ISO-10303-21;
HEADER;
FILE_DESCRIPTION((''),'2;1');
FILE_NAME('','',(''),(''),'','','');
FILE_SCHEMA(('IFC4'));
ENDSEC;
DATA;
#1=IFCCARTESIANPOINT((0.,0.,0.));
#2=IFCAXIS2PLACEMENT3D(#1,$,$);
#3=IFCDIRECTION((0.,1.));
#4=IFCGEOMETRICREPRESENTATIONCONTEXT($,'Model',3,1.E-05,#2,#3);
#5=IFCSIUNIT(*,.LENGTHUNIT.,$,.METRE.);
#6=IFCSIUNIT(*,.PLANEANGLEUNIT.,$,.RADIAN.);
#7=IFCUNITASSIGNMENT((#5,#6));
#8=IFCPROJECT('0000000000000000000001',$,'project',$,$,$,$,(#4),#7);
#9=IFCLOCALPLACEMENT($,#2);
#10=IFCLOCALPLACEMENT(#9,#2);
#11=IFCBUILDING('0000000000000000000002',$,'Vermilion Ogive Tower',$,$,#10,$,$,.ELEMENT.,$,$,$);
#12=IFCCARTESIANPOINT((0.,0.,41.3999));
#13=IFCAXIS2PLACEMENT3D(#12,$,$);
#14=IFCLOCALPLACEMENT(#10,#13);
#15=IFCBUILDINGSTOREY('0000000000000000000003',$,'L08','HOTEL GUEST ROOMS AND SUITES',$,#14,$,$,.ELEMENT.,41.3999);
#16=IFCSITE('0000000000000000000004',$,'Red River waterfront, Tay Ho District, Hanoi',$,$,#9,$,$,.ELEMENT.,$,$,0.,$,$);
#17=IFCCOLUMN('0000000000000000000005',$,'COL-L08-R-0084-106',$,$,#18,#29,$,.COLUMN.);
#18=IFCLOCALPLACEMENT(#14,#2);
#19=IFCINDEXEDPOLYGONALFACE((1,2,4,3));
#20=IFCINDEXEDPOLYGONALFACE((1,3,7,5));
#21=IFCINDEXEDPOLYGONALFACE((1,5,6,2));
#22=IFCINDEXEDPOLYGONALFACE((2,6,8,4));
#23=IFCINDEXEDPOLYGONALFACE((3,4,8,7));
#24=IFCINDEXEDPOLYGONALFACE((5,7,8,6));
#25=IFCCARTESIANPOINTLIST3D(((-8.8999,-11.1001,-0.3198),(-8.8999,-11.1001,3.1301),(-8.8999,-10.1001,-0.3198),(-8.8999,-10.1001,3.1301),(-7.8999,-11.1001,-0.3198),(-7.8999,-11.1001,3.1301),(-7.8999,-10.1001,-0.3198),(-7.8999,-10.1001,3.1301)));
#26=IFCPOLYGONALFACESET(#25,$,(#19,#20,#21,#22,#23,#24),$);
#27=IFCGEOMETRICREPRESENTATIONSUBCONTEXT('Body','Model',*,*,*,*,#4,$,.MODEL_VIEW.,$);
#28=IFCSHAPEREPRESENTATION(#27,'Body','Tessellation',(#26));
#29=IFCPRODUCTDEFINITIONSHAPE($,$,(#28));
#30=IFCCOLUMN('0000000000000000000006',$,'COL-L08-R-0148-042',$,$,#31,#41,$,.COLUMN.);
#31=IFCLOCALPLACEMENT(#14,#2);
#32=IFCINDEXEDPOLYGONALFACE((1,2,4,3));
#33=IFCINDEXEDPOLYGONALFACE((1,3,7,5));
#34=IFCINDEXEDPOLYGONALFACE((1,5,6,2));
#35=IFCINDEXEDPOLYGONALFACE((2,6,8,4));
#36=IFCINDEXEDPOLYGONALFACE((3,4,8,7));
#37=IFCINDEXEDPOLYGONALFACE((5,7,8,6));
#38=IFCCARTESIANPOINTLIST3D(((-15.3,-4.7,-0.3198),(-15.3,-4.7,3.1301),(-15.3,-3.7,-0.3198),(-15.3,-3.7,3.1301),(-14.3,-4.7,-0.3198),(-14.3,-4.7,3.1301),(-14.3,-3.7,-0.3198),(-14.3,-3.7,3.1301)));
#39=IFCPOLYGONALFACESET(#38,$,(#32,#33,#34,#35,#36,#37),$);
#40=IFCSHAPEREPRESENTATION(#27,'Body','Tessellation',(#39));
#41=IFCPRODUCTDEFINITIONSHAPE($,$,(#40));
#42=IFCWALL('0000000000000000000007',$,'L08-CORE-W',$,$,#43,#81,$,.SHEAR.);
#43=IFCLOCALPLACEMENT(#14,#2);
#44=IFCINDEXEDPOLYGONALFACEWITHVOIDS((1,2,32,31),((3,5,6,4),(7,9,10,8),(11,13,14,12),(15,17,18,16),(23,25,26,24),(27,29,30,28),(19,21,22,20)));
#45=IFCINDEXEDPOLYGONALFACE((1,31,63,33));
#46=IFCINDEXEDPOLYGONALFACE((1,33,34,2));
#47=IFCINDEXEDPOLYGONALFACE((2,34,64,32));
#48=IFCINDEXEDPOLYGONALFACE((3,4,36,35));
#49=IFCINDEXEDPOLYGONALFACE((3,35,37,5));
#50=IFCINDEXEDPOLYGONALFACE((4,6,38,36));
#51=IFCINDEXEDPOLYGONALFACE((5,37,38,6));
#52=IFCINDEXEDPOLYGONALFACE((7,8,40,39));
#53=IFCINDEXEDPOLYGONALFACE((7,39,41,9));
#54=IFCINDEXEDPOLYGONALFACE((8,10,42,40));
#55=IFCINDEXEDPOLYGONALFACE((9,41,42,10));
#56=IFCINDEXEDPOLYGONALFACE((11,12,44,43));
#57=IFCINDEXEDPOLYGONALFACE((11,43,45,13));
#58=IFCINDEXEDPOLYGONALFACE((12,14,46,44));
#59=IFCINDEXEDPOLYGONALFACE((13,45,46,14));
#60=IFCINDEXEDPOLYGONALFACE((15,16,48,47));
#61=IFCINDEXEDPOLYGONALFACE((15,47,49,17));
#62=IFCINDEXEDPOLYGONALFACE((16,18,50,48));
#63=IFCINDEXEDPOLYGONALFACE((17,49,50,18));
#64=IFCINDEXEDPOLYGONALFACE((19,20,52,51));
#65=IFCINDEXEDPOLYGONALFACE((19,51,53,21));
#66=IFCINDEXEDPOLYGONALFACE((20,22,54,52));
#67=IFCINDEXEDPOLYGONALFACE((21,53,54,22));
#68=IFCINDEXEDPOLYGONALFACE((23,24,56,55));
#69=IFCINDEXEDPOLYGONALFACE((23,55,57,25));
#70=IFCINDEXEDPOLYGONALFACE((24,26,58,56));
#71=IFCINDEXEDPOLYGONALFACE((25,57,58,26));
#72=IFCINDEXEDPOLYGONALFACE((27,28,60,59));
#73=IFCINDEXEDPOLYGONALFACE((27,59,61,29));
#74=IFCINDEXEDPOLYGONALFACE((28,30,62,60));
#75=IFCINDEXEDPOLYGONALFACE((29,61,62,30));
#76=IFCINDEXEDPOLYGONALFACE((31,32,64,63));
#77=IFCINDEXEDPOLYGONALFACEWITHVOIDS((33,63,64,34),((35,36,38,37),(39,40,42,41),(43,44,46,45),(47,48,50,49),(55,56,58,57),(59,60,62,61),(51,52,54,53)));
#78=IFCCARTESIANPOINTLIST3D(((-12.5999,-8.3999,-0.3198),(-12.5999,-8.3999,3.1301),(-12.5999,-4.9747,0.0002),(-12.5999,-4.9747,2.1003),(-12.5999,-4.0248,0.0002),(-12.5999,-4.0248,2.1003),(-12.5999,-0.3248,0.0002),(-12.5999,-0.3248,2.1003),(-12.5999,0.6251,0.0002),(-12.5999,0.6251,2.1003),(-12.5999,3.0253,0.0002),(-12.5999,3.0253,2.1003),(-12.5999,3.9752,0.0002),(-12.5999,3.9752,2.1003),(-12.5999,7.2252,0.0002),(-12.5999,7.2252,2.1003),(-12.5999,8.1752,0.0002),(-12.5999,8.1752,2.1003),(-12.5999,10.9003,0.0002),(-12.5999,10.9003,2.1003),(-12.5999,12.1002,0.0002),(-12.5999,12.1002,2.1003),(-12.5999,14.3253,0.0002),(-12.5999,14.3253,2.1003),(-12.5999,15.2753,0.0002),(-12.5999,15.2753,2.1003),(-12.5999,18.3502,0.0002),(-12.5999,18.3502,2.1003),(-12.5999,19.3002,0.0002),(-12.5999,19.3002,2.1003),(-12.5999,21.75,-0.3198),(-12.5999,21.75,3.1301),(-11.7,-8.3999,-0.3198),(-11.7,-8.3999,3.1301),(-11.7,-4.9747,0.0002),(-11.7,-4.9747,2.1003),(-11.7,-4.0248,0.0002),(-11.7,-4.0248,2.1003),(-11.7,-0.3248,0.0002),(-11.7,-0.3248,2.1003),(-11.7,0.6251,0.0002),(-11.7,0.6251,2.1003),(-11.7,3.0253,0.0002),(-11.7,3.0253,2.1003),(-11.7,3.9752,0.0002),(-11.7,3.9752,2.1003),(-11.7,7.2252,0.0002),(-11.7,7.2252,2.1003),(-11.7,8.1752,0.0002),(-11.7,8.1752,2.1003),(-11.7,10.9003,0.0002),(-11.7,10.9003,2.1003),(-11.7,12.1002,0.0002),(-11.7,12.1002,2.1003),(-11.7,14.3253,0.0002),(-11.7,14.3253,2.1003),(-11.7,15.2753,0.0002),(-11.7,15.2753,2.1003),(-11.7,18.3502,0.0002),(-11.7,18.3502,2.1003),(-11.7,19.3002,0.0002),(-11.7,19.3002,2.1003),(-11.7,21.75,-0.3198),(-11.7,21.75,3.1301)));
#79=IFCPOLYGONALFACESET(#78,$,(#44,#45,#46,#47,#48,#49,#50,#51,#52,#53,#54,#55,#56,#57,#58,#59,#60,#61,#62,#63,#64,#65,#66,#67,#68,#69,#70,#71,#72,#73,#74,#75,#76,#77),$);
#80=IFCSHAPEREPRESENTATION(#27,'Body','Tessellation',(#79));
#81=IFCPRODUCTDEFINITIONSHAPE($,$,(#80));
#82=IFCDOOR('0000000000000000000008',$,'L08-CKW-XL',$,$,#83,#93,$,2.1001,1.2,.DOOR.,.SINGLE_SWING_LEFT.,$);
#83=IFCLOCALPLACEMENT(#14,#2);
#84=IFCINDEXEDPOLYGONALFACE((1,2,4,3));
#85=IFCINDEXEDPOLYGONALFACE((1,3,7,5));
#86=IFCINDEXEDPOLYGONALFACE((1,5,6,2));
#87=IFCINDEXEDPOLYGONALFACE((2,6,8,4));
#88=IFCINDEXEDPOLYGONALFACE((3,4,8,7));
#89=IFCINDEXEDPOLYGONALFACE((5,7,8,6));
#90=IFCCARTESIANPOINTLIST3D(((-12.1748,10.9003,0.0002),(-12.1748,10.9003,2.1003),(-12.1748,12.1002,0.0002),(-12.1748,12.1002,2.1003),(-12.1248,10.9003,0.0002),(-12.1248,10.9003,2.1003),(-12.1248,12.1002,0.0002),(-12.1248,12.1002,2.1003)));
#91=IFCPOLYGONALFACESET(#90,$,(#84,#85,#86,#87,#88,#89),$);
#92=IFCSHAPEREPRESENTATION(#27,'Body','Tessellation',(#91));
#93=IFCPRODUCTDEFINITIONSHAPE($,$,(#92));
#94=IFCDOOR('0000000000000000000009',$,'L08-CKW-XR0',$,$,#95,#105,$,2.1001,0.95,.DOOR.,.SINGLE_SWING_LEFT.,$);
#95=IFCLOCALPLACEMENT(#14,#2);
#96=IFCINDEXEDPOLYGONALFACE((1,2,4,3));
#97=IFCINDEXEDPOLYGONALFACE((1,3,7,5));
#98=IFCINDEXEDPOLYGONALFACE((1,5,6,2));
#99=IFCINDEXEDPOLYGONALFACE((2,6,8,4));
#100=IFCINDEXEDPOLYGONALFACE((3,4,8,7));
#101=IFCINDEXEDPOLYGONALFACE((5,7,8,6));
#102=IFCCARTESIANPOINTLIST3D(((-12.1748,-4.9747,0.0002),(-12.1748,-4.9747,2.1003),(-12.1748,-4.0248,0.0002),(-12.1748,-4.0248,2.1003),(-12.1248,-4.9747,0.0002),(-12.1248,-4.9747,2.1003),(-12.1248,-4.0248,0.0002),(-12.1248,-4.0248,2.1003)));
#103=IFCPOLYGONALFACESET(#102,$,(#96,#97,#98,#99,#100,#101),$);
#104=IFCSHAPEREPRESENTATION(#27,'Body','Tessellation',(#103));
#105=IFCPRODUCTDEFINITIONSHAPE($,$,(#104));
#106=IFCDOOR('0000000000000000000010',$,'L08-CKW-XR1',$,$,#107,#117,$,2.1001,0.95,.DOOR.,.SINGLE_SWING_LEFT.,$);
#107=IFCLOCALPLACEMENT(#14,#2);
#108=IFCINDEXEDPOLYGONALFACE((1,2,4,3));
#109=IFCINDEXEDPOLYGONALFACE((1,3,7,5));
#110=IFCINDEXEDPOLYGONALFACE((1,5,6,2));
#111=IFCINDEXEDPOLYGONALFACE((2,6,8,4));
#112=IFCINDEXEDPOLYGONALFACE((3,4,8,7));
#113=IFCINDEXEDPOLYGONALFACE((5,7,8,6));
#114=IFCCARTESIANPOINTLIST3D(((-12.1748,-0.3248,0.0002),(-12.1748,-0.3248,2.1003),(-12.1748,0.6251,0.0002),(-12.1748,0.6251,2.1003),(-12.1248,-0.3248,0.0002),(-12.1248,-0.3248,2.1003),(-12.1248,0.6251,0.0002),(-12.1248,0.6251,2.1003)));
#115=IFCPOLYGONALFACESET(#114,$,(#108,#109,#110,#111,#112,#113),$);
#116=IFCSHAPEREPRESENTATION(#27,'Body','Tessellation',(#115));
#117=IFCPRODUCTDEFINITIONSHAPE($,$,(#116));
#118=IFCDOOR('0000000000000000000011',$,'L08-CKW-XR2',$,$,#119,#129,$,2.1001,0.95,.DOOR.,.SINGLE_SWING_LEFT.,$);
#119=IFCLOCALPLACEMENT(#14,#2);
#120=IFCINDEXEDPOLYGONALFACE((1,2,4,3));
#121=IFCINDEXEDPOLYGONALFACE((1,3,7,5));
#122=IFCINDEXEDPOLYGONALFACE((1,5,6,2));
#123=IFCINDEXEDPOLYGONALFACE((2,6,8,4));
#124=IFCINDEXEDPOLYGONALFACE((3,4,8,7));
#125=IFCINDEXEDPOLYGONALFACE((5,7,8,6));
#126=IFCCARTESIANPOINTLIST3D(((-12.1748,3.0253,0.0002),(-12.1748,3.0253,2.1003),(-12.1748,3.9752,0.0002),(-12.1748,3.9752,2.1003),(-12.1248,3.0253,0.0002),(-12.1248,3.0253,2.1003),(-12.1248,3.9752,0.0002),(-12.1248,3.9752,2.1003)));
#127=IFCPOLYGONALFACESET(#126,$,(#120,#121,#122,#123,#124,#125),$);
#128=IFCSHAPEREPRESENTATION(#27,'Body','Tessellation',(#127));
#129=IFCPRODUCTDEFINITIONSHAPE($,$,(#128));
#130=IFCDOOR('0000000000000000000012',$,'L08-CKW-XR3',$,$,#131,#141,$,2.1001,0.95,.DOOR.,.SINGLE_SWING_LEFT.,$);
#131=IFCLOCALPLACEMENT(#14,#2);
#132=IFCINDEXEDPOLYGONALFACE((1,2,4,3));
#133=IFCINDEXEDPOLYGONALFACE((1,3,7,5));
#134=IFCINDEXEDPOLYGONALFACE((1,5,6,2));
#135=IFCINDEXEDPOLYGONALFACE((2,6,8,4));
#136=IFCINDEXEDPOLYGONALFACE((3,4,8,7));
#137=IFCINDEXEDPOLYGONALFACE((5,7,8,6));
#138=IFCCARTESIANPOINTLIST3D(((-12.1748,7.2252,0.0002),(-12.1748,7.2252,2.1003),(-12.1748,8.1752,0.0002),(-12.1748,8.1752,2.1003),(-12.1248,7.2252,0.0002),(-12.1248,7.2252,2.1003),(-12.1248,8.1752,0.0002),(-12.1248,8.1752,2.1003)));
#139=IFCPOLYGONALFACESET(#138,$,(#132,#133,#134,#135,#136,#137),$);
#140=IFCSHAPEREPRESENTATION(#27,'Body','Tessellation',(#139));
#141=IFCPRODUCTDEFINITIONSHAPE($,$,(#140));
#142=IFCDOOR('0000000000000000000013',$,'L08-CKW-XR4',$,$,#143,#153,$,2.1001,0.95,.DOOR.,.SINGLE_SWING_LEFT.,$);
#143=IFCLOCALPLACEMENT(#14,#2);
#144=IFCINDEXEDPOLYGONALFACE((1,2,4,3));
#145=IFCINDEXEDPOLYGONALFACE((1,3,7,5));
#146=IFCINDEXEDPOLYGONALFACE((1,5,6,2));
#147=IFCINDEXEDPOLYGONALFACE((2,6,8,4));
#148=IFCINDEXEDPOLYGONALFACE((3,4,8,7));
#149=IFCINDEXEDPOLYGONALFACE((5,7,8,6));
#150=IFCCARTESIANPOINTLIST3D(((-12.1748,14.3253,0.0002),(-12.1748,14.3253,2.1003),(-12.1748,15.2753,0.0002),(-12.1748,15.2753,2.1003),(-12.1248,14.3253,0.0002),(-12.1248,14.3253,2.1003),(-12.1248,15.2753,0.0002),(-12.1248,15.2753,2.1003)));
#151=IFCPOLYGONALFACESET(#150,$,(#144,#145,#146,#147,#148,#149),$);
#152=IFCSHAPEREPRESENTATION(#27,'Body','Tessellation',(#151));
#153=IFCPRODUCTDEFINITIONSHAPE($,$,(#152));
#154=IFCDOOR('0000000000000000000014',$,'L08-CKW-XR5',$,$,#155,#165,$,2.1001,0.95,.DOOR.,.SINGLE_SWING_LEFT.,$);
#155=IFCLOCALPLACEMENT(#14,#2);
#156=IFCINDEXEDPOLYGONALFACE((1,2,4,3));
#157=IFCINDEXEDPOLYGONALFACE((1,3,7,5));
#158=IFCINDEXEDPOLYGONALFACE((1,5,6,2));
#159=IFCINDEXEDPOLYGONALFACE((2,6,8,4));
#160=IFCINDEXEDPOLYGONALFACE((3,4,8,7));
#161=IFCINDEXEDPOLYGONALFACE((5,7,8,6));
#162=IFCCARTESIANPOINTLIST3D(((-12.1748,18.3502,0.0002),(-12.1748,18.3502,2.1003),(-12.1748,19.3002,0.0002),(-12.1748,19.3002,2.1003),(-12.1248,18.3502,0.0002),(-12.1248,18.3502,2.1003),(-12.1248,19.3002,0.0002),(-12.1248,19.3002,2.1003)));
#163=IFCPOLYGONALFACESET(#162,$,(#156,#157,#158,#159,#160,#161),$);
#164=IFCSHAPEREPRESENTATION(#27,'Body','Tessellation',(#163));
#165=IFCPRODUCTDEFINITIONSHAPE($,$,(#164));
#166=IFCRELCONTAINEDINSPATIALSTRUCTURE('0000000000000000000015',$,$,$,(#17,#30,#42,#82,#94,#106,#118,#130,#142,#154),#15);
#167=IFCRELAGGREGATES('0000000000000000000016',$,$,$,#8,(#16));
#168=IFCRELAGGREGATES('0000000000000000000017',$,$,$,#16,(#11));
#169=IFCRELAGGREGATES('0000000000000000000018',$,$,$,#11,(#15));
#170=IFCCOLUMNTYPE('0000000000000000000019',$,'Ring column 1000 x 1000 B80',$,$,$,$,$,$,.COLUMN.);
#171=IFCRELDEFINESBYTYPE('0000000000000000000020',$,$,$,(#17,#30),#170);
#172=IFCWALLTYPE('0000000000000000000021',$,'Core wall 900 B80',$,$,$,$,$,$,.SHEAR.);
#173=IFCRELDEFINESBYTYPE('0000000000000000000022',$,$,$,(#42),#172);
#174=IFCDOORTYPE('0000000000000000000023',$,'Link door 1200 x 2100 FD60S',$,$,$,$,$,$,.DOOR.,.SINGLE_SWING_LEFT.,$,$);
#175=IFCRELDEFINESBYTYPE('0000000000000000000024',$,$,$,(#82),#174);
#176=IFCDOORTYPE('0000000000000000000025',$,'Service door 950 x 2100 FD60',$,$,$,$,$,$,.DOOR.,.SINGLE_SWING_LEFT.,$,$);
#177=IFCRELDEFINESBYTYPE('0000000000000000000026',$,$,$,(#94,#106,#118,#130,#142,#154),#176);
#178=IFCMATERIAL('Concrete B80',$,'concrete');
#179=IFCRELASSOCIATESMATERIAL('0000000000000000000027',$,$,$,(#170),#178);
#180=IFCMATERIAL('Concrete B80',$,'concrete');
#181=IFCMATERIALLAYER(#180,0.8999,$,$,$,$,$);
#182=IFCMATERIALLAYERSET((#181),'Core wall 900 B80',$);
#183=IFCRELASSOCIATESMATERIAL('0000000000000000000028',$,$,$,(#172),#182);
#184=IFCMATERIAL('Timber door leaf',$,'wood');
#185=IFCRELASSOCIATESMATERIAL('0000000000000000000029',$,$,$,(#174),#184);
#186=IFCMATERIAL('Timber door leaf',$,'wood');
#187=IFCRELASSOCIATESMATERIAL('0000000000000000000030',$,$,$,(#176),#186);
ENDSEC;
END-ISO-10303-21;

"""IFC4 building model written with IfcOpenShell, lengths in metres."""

from ifc_helpers import new_model, si_unit, direction, frame, frame_2d, origin, origin_2d, place, context, subcontext, project, spatial, rectangle, extrude, material, layer, layer_set, material_profile, profile_set, type_object, element, fill, save


model = new_model("IFC4")

# Units and contexts
model_context = context("Model", 3, precision=1e-05, world=origin(), true_north=direction((0.0, 1.0)))
body_context = subcontext(model_context, "Body", "Model", "MODEL_VIEW")
ifc_project = project(units=[si_unit("LENGTHUNIT", "METRE"), si_unit("PLANEANGLEUNIT", "RADIAN")], contexts=[model_context])

# Site, building, storey
site_placement = place(None, origin())
site = spatial("IfcSite", under=ifc_project, at=site_placement, Name="Red River waterfront, Tay Ho District, Hanoi", CompositionType="ELEMENT", RefElevation=0.0)
building_placement = place(site_placement, origin())
building = spatial("IfcBuilding", under=site, at=building_placement, Name="Vermilion Ogive Tower", CompositionType="ELEMENT")
storey_placement = place(building_placement, frame((0.0, 0.0, 41.3999)))
storey = spatial("IfcBuildingStorey", under=building, at=storey_placement, Name="L08", Description="HOTEL GUEST ROOMS AND SUITES", CompositionType="ELEMENT", Elevation=41.3999)

# Columns
ifc_material_1 = material(Name="Concrete B80", Category="concrete")
ifc_material_profile = material_profile(ifc_material_1, rectangle(XDim=1.0, YDim=1.0, at=origin_2d()), Name="1000 x 1000")
ifc_profile_set = profile_set([ifc_material_profile], Name="Concrete B80")
column_type = type_object("IfcColumnType", Name="Ring column 1000 x 1000 B80", PredefinedType="COLUMN", material=ifc_profile_set)
for number, where, z_axis, x_axis, name in (
    (1, (-8.3999, -10.6001, -0.3198), (0.0, 0.0, 1.0), (1.0, 0.0, 0.0), "COL-L08-R-0084-106"),
    (2, (-14.8, -4.2, -0.3198), (0.0, 0.0, 1.0), (1.0, 0.0, 0.0), "COL-L08-R-0148-042"),
):
    element("IfcColumn", number, at=place(storey_placement, frame(where, z_axis=z_axis, x_axis=x_axis)), inside=storey, type_object=column_type, Name=name, PredefinedType="COLUMN", context=body_context, shape_type="SweptSolid", body=[
        extrude(rectangle(XDim=1.0, YDim=1.0, at=origin_2d()), origin(), (0.0, 0.0, 1.0), 3.45),
    ])

# Wall, openings, doors
ifc_material_2 = material(Name="Concrete B80", Category="concrete")
ifc_layer_1 = layer(ifc_material_2, 0.8999)
ifc_layer_set_1 = layer_set([ifc_layer_1], Name="Core wall 900 B80")
wall_type_1 = type_object("IfcWallType", Name="Core wall 900 B80", PredefinedType="SHEAR", material=ifc_layer_set_1)
wall_1_placement = place(storey_placement, frame((-12.1499, -8.3999, -0.3198), z_axis=(0.0, 0.0, 1.0), x_axis=(0.0, 1.0, 0.0)))
wall_1 = element("IfcWall", 3, at=wall_1_placement, inside=storey, type_object=wall_type_1, Name="L08-CORE-W", PredefinedType="SHEAR", context=body_context, shape_type="SweptSolid", body=[
    extrude(rectangle(XDim=30.1499, YDim=0.8999, at=frame_2d((15.075, 0.0))), origin(), (0.0, 0.0, 1.0), 3.45),
])
opening_1_placement = place(wall_1_placement, frame((3.425, 0.0, 0.3201)))
opening_1 = element("IfcOpeningElement", 4, at=opening_1_placement, cuts=wall_1, PredefinedType="OPENING", context=body_context, shape_type="SweptSolid", body=[
    extrude(rectangle(XDim=0.95, YDim=2.1001, at=frame_2d((0.4751, 1.05))), frame((0.0, 0.46, 0.0), z_axis=(0.0, -1.0, 0.0), x_axis=(1.0, 0.0, 0.0)), (0.0, 0.0, 1.0), 0.9199),
])
opening_2_placement = place(wall_1_placement, frame((8.075, 0.0, 0.3201)))
opening_2 = element("IfcOpeningElement", 5, at=opening_2_placement, cuts=wall_1, PredefinedType="OPENING", context=body_context, shape_type="SweptSolid", body=[
    extrude(rectangle(XDim=0.95, YDim=2.1001, at=frame_2d((0.4751, 1.05))), frame((0.0, 0.46, 0.0), z_axis=(0.0, -1.0, 0.0), x_axis=(1.0, 0.0, 0.0)), (0.0, 0.0, 1.0), 0.9199),
])
opening_3_placement = place(wall_1_placement, frame((11.425, 0.0, 0.3201)))
opening_3 = element("IfcOpeningElement", 6, at=opening_3_placement, cuts=wall_1, PredefinedType="OPENING", context=body_context, shape_type="SweptSolid", body=[
    extrude(rectangle(XDim=0.95, YDim=2.1001, at=frame_2d((0.4751, 1.05))), frame((0.0, 0.46, 0.0), z_axis=(0.0, -1.0, 0.0), x_axis=(1.0, 0.0, 0.0)), (0.0, 0.0, 1.0), 0.9199),
])
opening_4_placement = place(wall_1_placement, frame((15.625, 0.0, 0.3201)))
opening_4 = element("IfcOpeningElement", 7, at=opening_4_placement, cuts=wall_1, PredefinedType="OPENING", context=body_context, shape_type="SweptSolid", body=[
    extrude(rectangle(XDim=0.95, YDim=2.1001, at=frame_2d((0.4751, 1.05))), frame((0.0, 0.46, 0.0), z_axis=(0.0, -1.0, 0.0), x_axis=(1.0, 0.0, 0.0)), (0.0, 0.0, 1.0), 0.9199),
])
opening_5_placement = place(wall_1_placement, frame((22.7251, 0.0, 0.3201)))
opening_5 = element("IfcOpeningElement", 8, at=opening_5_placement, cuts=wall_1, PredefinedType="OPENING", context=body_context, shape_type="SweptSolid", body=[
    extrude(rectangle(XDim=0.95, YDim=2.1001, at=frame_2d((0.4751, 1.05))), frame((0.0, 0.46, 0.0), z_axis=(0.0, -1.0, 0.0), x_axis=(1.0, 0.0, 0.0)), (0.0, 0.0, 1.0), 0.9199),
])
opening_6_placement = place(wall_1_placement, frame((26.75, 0.0, 0.3201)))
opening_6 = element("IfcOpeningElement", 9, at=opening_6_placement, cuts=wall_1, PredefinedType="OPENING", context=body_context, shape_type="SweptSolid", body=[
    extrude(rectangle(XDim=0.95, YDim=2.1001, at=frame_2d((0.4751, 1.05))), frame((0.0, 0.46, 0.0), z_axis=(0.0, -1.0, 0.0), x_axis=(1.0, 0.0, 0.0)), (0.0, 0.0, 1.0), 0.9199),
])
opening_7_placement = place(wall_1_placement, frame((19.3, 0.0, 0.3201)))
opening_7 = element("IfcOpeningElement", 10, at=opening_7_placement, cuts=wall_1, PredefinedType="OPENING", context=body_context, shape_type="SweptSolid", body=[
    extrude(rectangle(XDim=1.2, YDim=2.1001, at=frame_2d((0.6001, 1.05))), frame((0.0, 0.46, 0.0), z_axis=(0.0, -1.0, 0.0), x_axis=(1.0, 0.0, 0.0)), (0.0, 0.0, 1.0), 0.9199),
])
ifc_material_3 = material(Name="Timber door leaf", Category="wood")
door_type_1 = type_object("IfcDoorType", Name="Link door 1200 x 2100 FD60S", OperationType="SINGLE_SWING_LEFT", PredefinedType="DOOR", material=ifc_material_3)
door_1_placement = place(opening_7_placement, origin())
door_1 = element("IfcDoor", 11, at=door_1_placement, inside=storey, type_object=door_type_1, Name="L08-CKW-XL", OperationType="SINGLE_SWING_LEFT", OverallHeight=2.1001, OverallWidth=1.2, PredefinedType="DOOR", context=body_context, shape_type="SweptSolid", body=[
    extrude(rectangle(XDim=1.2, YDim=2.1001, at=frame_2d((0.6001, 1.05))), frame((0.0, 0.0249, 0.0), z_axis=(0.0, -1.0, 0.0), x_axis=(1.0, 0.0, 0.0)), (0.0, 0.0, 1.0), 0.05),
])
fill(opening_7, door_1)
ifc_material_4 = material(Name="Timber door leaf", Category="wood")
door_type_2 = type_object("IfcDoorType", Name="Service door 950 x 2100 FD60", OperationType="SINGLE_SWING_LEFT", PredefinedType="DOOR", material=ifc_material_4)
door_2_placement = place(opening_1_placement, origin())
door_2 = element("IfcDoor", 12, at=door_2_placement, inside=storey, type_object=door_type_2, Name="L08-CKW-XR0", OperationType="SINGLE_SWING_LEFT", OverallHeight=2.1001, OverallWidth=0.95, PredefinedType="DOOR", context=body_context, shape_type="SweptSolid", body=[
    extrude(rectangle(XDim=0.95, YDim=2.1001, at=frame_2d((0.4751, 1.05))), frame((0.0, 0.0249, 0.0), z_axis=(0.0, -1.0, 0.0), x_axis=(1.0, 0.0, 0.0)), (0.0, 0.0, 1.0), 0.05),
])
fill(opening_1, door_2)
door_3_placement = place(opening_2_placement, origin())
door_3 = element("IfcDoor", 13, at=door_3_placement, inside=storey, type_object=door_type_2, Name="L08-CKW-XR1", OperationType="SINGLE_SWING_LEFT", OverallHeight=2.1001, OverallWidth=0.95, PredefinedType="DOOR", context=body_context, shape_type="SweptSolid", body=[
    extrude(rectangle(XDim=0.95, YDim=2.1001, at=frame_2d((0.4751, 1.05))), frame((0.0, 0.0249, 0.0), z_axis=(0.0, -1.0, 0.0), x_axis=(1.0, 0.0, 0.0)), (0.0, 0.0, 1.0), 0.05),
])
fill(opening_2, door_3)
door_4_placement = place(opening_3_placement, origin())
door_4 = element("IfcDoor", 14, at=door_4_placement, inside=storey, type_object=door_type_2, Name="L08-CKW-XR2", OperationType="SINGLE_SWING_LEFT", OverallHeight=2.1001, OverallWidth=0.95, PredefinedType="DOOR", context=body_context, shape_type="SweptSolid", body=[
    extrude(rectangle(XDim=0.95, YDim=2.1001, at=frame_2d((0.4751, 1.05))), frame((0.0, 0.0249, 0.0), z_axis=(0.0, -1.0, 0.0), x_axis=(1.0, 0.0, 0.0)), (0.0, 0.0, 1.0), 0.05),
])
fill(opening_3, door_4)
door_5_placement = place(opening_4_placement, origin())
door_5 = element("IfcDoor", 15, at=door_5_placement, inside=storey, type_object=door_type_2, Name="L08-CKW-XR3", OperationType="SINGLE_SWING_LEFT", OverallHeight=2.1001, OverallWidth=0.95, PredefinedType="DOOR", context=body_context, shape_type="SweptSolid", body=[
    extrude(rectangle(XDim=0.95, YDim=2.1001, at=frame_2d((0.4751, 1.05))), frame((0.0, 0.0249, 0.0), z_axis=(0.0, -1.0, 0.0), x_axis=(1.0, 0.0, 0.0)), (0.0, 0.0, 1.0), 0.05),
])
fill(opening_4, door_5)
door_6_placement = place(opening_5_placement, origin())
door_6 = element("IfcDoor", 16, at=door_6_placement, inside=storey, type_object=door_type_2, Name="L08-CKW-XR4", OperationType="SINGLE_SWING_LEFT", OverallHeight=2.1001, OverallWidth=0.95, PredefinedType="DOOR", context=body_context, shape_type="SweptSolid", body=[
    extrude(rectangle(XDim=0.95, YDim=2.1001, at=frame_2d((0.4751, 1.05))), frame((0.0, 0.0249, 0.0), z_axis=(0.0, -1.0, 0.0), x_axis=(1.0, 0.0, 0.0)), (0.0, 0.0, 1.0), 0.05),
])
fill(opening_5, door_6)
door_7_placement = place(opening_6_placement, origin())
door_7 = element("IfcDoor", 17, at=door_7_placement, inside=storey, type_object=door_type_2, Name="L08-CKW-XR5", OperationType="SINGLE_SWING_LEFT", OverallHeight=2.1001, OverallWidth=0.95, PredefinedType="DOOR", context=body_context, shape_type="SweptSolid", body=[
    extrude(rectangle(XDim=0.95, YDim=2.1001, at=frame_2d((0.4751, 1.05))), frame((0.0, 0.0249, 0.0), z_axis=(0.0, -1.0, 0.0), x_axis=(1.0, 0.0, 0.0)), (0.0, 0.0, 1.0), 0.05),
])
fill(opening_6, door_7)

save(model, "model.ifc")
